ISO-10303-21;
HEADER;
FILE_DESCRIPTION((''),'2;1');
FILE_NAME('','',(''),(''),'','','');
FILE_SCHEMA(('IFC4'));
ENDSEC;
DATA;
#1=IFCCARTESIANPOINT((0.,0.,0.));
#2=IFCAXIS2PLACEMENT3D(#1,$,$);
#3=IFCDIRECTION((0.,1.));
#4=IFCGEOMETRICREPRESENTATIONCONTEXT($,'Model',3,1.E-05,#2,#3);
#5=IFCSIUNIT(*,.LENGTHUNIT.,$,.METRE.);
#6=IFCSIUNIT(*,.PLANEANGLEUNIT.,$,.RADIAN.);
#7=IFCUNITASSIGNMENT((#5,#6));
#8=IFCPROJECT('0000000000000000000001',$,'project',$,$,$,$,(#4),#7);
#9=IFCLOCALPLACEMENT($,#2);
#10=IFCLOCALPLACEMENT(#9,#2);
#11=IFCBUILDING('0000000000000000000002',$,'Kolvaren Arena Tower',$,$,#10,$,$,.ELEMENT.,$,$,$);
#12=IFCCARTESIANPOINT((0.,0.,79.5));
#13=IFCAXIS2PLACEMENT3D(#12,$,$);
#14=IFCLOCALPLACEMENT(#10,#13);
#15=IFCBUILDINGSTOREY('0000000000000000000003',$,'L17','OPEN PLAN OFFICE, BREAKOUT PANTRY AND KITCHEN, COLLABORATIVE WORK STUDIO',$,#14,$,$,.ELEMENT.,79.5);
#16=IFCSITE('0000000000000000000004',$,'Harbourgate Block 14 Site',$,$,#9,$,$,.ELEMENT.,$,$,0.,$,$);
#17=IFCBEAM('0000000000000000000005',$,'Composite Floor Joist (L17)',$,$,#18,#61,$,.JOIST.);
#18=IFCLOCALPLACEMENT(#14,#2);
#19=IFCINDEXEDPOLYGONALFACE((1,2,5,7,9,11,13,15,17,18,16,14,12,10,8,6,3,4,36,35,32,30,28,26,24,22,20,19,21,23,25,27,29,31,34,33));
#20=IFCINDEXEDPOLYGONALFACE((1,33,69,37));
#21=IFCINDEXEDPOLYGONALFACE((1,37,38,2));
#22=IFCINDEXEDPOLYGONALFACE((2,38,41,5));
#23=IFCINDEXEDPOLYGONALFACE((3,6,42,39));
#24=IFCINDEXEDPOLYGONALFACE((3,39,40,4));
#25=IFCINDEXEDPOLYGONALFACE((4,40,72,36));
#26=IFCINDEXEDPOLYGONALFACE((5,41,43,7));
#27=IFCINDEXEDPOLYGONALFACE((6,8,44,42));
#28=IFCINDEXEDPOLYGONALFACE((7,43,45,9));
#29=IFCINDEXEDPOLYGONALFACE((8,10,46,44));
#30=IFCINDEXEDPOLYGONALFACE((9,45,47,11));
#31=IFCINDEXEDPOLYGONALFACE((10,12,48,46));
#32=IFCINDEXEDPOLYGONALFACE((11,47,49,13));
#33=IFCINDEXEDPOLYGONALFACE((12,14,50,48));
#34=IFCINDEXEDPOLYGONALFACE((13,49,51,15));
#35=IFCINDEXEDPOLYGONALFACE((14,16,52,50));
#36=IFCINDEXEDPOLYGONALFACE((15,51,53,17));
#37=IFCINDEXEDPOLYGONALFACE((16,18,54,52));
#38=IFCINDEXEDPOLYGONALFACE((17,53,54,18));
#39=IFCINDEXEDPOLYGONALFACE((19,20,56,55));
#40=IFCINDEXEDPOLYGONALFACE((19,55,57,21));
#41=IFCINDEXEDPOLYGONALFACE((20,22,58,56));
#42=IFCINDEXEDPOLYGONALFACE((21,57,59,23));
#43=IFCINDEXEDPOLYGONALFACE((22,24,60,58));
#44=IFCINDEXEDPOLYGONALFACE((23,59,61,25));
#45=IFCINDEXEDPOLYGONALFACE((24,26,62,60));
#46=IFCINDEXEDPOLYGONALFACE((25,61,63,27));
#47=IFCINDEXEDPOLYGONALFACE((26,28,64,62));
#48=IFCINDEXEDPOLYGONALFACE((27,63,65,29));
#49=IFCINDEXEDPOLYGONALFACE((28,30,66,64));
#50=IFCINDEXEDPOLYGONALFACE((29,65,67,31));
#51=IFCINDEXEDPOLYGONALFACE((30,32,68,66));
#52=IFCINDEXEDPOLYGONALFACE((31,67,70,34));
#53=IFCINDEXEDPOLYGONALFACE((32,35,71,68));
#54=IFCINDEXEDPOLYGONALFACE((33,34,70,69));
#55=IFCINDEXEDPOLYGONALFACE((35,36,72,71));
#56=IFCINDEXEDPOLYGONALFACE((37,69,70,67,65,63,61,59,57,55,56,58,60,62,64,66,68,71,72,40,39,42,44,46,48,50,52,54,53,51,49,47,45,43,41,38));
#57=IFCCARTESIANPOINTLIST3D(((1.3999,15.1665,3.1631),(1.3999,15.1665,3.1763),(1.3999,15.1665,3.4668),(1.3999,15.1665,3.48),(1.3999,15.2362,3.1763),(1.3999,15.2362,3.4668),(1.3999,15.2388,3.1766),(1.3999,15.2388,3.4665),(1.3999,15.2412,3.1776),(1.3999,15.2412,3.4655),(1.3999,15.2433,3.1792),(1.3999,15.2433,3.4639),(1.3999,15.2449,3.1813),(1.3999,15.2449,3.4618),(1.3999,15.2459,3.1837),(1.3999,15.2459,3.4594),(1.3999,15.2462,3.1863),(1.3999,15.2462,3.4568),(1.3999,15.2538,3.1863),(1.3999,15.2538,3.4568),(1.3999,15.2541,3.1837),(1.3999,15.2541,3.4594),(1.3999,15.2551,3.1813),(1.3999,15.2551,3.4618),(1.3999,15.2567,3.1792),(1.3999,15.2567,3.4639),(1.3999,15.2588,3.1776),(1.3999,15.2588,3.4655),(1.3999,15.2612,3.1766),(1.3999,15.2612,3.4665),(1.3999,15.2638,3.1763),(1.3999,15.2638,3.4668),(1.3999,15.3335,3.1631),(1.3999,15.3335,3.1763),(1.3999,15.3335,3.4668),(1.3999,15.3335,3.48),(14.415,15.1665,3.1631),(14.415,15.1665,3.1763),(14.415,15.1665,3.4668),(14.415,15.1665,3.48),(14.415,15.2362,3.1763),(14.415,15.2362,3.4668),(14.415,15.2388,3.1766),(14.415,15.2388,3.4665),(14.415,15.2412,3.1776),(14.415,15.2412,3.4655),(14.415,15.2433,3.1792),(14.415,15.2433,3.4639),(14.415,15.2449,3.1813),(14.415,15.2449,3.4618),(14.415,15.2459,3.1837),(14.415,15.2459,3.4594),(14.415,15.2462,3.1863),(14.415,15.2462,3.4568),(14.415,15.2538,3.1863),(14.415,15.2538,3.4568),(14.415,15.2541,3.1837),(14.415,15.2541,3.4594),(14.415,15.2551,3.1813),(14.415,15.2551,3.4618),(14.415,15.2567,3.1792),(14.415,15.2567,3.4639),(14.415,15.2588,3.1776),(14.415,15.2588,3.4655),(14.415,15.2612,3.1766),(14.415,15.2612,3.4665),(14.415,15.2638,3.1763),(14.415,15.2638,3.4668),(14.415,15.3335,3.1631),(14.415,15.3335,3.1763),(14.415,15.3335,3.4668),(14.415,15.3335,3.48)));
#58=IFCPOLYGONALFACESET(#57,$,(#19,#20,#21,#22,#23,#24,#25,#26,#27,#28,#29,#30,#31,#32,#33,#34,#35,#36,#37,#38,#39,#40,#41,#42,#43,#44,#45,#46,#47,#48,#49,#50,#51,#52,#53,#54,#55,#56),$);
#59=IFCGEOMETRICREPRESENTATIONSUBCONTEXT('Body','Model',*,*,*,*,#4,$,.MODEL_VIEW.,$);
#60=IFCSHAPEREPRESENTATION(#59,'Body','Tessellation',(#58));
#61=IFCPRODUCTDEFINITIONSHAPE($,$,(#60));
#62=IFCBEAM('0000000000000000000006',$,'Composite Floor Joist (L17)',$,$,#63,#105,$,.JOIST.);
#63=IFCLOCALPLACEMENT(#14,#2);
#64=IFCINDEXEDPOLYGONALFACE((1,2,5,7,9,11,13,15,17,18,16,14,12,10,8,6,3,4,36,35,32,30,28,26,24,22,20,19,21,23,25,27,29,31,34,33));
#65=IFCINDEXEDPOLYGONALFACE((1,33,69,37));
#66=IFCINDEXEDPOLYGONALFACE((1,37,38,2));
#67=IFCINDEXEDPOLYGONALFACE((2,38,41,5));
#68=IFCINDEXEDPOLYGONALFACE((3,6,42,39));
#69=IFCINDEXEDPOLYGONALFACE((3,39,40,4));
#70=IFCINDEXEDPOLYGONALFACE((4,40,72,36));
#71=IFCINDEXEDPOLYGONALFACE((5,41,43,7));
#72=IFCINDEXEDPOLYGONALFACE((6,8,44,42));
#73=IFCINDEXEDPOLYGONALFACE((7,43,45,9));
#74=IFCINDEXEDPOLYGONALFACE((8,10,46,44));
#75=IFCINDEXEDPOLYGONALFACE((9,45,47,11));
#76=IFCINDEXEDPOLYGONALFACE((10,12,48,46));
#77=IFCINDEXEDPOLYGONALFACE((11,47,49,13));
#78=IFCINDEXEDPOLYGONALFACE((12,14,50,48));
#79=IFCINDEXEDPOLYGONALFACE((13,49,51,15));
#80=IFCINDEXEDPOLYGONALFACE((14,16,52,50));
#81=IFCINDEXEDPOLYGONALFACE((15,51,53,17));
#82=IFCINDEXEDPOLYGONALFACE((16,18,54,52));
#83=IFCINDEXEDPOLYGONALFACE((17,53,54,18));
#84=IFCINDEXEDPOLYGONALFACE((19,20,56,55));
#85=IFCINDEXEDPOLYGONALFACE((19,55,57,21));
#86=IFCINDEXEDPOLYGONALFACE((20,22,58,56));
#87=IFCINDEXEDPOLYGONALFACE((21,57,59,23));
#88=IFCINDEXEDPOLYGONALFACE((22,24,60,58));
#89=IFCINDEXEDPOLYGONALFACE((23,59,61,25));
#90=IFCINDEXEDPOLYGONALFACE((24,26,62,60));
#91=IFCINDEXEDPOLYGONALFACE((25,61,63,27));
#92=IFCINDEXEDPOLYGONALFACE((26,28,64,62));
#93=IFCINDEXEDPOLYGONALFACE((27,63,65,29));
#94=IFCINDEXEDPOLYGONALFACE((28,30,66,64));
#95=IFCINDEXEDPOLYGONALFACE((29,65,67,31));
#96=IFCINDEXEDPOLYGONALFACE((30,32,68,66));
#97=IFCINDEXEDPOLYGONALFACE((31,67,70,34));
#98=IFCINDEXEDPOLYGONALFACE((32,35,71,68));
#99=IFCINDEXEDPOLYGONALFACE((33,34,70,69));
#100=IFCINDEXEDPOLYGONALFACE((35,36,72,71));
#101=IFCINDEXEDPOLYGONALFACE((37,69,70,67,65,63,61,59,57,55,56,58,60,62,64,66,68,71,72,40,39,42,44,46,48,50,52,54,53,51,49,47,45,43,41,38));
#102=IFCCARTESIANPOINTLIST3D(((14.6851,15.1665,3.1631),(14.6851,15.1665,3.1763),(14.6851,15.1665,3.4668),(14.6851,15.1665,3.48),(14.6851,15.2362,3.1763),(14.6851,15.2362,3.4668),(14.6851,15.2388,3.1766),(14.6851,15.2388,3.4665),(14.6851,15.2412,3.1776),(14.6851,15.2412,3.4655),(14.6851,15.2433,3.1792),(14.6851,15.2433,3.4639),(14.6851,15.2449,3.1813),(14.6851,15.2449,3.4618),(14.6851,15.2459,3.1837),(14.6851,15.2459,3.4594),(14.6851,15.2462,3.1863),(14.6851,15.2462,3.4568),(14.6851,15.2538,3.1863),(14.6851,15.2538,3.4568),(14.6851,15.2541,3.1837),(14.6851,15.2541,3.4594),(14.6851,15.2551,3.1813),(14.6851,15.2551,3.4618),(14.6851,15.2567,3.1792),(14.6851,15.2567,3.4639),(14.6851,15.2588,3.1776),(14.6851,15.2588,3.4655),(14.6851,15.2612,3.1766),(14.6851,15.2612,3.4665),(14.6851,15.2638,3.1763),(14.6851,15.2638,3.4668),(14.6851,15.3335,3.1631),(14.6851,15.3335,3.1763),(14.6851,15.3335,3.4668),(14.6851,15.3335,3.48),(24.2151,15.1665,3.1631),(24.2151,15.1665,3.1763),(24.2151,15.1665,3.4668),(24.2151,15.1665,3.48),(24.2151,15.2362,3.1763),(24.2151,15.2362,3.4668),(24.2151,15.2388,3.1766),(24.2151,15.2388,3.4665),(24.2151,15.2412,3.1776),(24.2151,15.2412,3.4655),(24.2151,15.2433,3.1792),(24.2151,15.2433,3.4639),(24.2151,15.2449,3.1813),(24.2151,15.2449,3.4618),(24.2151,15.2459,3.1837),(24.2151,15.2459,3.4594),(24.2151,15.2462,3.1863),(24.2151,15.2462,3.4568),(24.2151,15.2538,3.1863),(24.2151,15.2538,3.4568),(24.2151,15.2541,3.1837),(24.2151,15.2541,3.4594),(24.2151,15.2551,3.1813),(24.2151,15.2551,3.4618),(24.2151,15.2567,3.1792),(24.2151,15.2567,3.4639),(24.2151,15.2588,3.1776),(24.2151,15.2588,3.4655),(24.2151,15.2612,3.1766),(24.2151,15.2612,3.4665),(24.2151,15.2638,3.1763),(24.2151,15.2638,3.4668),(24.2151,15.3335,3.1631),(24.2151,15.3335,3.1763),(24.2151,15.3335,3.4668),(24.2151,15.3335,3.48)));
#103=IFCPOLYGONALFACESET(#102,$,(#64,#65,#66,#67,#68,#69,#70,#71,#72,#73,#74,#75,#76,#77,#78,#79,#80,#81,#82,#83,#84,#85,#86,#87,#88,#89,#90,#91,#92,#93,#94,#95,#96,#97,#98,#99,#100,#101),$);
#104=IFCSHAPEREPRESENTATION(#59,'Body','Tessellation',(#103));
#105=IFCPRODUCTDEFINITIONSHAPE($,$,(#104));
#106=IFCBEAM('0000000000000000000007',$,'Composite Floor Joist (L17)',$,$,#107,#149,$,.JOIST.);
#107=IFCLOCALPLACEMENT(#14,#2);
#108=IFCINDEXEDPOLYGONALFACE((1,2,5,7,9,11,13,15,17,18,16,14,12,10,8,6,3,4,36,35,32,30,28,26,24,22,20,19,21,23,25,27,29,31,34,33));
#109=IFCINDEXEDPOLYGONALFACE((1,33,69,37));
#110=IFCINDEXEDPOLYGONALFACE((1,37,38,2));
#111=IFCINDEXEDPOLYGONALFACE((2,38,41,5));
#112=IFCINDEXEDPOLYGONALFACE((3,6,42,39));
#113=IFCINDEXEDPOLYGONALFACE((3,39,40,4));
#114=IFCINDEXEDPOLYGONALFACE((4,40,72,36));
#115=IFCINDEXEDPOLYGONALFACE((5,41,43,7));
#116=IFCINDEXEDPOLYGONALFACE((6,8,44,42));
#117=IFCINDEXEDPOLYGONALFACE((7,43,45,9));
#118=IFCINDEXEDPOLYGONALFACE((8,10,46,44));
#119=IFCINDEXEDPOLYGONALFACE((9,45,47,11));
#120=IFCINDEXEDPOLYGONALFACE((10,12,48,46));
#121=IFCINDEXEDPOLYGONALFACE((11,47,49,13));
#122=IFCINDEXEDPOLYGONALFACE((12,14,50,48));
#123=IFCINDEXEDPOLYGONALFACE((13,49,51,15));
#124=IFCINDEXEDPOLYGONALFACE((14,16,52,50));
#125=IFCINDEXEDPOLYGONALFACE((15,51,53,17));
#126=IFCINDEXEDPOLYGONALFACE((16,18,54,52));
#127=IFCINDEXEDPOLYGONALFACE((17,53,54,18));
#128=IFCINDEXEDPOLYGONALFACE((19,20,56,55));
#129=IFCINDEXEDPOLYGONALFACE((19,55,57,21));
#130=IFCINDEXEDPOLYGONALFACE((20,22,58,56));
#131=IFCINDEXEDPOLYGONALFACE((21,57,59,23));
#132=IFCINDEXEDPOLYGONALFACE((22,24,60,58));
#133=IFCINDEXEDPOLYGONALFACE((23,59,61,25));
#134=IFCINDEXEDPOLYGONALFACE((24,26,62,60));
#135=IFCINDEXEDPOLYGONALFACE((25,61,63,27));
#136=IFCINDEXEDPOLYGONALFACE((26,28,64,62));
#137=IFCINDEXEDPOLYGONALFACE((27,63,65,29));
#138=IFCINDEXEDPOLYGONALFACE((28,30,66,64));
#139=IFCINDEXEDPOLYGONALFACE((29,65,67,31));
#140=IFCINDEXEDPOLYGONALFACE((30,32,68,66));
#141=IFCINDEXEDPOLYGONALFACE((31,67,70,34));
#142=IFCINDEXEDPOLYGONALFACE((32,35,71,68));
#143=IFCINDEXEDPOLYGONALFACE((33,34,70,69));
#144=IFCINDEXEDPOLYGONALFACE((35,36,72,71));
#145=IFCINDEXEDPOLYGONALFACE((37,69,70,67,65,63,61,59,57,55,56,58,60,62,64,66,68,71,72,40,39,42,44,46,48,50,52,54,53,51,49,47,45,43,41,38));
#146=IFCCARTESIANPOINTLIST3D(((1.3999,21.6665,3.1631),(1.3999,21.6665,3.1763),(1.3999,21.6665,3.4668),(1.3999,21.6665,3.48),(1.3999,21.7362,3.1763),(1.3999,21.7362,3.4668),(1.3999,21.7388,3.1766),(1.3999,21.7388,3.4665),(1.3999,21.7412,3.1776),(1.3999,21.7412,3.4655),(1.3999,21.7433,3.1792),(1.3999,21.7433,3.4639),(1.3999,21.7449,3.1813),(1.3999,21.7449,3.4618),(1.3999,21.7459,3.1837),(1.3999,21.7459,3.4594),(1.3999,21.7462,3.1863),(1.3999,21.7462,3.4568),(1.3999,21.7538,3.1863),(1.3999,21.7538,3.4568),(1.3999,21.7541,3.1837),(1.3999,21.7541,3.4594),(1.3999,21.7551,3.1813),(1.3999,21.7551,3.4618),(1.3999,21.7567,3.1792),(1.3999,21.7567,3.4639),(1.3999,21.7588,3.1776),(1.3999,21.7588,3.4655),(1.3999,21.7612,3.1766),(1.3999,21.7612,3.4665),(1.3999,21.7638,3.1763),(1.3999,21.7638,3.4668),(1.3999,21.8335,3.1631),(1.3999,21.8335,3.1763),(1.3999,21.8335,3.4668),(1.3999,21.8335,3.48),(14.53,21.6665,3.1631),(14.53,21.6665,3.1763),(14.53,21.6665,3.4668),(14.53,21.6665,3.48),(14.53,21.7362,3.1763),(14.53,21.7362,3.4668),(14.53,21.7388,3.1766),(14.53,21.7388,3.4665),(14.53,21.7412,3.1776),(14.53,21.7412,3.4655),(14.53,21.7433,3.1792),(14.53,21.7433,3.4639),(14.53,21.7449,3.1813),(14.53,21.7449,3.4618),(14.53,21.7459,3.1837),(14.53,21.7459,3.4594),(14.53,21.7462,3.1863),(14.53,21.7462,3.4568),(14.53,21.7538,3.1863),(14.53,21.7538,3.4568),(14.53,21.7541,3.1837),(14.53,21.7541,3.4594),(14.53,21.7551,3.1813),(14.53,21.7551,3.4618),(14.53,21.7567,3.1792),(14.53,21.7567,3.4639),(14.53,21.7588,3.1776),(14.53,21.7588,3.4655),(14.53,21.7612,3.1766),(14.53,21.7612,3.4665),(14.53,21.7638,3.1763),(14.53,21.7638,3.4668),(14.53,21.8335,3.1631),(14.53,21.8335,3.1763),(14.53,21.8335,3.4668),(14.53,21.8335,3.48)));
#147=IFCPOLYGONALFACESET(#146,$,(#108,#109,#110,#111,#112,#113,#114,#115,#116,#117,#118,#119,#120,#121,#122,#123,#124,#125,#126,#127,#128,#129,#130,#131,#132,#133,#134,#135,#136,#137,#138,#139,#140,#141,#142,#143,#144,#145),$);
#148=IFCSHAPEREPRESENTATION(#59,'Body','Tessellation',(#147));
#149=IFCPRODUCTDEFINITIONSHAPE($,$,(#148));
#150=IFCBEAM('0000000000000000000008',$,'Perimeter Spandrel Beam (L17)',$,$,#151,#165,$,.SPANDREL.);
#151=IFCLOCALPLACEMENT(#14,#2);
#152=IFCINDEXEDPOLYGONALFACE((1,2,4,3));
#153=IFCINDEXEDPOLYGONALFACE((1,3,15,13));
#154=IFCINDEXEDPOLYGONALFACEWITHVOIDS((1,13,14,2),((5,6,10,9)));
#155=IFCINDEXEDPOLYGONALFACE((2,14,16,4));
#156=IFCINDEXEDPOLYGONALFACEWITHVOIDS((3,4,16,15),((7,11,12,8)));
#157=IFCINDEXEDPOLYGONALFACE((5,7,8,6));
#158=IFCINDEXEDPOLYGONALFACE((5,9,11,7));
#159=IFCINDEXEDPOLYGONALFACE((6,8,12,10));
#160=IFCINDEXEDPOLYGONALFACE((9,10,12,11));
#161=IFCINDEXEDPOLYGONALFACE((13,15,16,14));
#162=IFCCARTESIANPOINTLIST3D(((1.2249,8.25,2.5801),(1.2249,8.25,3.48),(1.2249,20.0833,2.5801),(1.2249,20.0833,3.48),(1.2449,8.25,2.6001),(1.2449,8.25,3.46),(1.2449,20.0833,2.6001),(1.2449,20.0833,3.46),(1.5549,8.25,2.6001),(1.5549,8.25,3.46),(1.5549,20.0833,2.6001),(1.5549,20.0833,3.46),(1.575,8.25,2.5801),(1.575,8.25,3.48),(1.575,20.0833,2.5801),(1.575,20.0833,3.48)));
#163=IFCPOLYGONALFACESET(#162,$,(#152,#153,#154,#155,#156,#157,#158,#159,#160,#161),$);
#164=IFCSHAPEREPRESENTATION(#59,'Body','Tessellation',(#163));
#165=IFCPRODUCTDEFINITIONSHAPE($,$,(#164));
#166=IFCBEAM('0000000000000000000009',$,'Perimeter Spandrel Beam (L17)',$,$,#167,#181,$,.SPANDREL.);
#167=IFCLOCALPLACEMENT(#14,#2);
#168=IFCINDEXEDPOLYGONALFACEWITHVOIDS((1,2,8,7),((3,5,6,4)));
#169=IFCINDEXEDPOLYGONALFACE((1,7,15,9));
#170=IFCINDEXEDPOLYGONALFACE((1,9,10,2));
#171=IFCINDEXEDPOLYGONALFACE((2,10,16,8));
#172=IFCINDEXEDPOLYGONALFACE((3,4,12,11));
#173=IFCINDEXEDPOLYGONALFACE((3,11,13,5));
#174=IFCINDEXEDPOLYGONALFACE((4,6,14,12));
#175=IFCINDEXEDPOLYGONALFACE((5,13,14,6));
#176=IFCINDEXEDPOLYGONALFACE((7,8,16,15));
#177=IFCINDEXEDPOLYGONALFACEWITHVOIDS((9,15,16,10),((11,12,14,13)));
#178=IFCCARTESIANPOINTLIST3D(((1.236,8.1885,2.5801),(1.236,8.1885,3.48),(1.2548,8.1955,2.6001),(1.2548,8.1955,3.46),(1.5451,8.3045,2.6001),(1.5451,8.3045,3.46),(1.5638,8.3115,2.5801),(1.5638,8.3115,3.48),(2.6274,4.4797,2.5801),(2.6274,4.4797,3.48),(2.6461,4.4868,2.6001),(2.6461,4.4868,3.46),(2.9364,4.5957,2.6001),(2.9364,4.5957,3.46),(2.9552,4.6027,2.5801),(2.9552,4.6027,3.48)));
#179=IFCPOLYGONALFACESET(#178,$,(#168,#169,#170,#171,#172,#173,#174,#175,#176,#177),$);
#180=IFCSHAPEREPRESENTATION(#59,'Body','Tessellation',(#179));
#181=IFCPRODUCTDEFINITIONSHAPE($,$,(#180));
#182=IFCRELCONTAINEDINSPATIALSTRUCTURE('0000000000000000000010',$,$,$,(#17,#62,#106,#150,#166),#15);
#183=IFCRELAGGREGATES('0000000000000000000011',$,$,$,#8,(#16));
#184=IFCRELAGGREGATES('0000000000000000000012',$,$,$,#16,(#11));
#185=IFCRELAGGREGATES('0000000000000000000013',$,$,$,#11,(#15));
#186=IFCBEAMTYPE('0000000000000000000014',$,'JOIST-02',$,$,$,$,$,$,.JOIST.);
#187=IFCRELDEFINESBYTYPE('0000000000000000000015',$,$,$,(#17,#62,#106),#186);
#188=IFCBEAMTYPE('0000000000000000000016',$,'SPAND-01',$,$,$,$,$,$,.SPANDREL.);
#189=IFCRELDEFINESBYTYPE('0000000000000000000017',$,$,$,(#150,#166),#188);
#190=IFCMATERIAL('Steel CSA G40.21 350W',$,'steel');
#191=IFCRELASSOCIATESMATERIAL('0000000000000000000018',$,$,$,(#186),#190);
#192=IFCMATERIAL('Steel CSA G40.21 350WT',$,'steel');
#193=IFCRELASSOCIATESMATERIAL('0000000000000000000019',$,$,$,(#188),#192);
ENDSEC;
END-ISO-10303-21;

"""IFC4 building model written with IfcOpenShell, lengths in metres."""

from ifc_helpers import new_model, si_unit, direction, frame, origin, origin_2d, place, context, subcontext, project, spatial, hollow_rectangle, i_section, extrude, material, material_profile, profile_set, type_object, element, save


model = new_model("IFC4")

# Units and contexts
model_context = context("Model", 3, precision=1e-05, world=origin(), true_north=direction((0.0, 1.0)))
body_context = subcontext(model_context, "Body", "Model", "MODEL_VIEW")
ifc_project = project(units=[si_unit("LENGTHUNIT", "METRE"), si_unit("PLANEANGLEUNIT", "RADIAN")], contexts=[model_context])

# Site, building, storey
site_placement = place(None, origin())
site = spatial("IfcSite", under=ifc_project, at=site_placement, Name="Harbourgate Block 14 Site", CompositionType="ELEMENT", RefElevation=0.0)
building_placement = place(site_placement, origin())
building = spatial("IfcBuilding", under=site, at=building_placement, Name="Kolvaren Arena Tower", CompositionType="ELEMENT")
storey_placement = place(building_placement, frame((0.0, 0.0, 79.5)))
storey = spatial("IfcBuildingStorey", under=building, at=storey_placement, Name="L17", Description="OPEN PLAN OFFICE, BREAKOUT PANTRY AND KITCHEN, COLLABORATIVE WORK STUDIO", CompositionType="ELEMENT", Elevation=79.5)

# Beams
ifc_material_1 = material(Name="Steel CSA G40.21 350W", Category="steel")
ifc_material_profile_1 = material_profile(ifc_material_1, i_section(OverallWidth=0.167, OverallDepth=0.3169, WebThickness=0.0076, FlangeThickness=0.0132, FilletRadius=0.01, at=origin_2d()), Name="W310x52")
ifc_profile_set_1 = profile_set([ifc_material_profile_1], Name="Steel CSA G40.21 350W")
beam_type_1 = type_object("IfcBeamType", Name="JOIST-02", PredefinedType="JOIST", material=ifc_profile_set_1)
beam_1_placement = place(storey_placement, frame((1.3999, 15.25, 3.3215), z_axis=(1.0, 0.0, 0.0), x_axis=(0.0, 1.0, 0.0)))
element("IfcBeam", 1, at=beam_1_placement, inside=storey, type_object=beam_type_1, Name="Composite Floor Joist (L17)", PredefinedType="JOIST", context=body_context, shape_type="SweptSolid", body=[
    extrude(i_section(OverallWidth=0.167, OverallDepth=0.3169, WebThickness=0.0076, FlangeThickness=0.0132, FilletRadius=0.01, at=origin_2d()), origin(), (0.0, 0.0, 1.0), 13.0151),
])
beam_2_placement = place(storey_placement, frame((14.6851, 15.25, 3.3215), z_axis=(1.0, 0.0, 0.0), x_axis=(0.0, 1.0, 0.0)))
element("IfcBeam", 2, at=beam_2_placement, inside=storey, type_object=beam_type_1, Name="Composite Floor Joist (L17)", PredefinedType="JOIST", context=body_context, shape_type="SweptSolid", body=[
    extrude(i_section(OverallWidth=0.167, OverallDepth=0.3169, WebThickness=0.0076, FlangeThickness=0.0132, FilletRadius=0.01, at=origin_2d()), origin(), (0.0, 0.0, 1.0), 9.53),
])
beam_3_placement = place(storey_placement, frame((1.3999, 21.75, 3.3215), z_axis=(1.0, 0.0, 0.0), x_axis=(0.0, 1.0, 0.0)))
element("IfcBeam", 3, at=beam_3_placement, inside=storey, type_object=beam_type_1, Name="Composite Floor Joist (L17)", PredefinedType="JOIST", context=body_context, shape_type="SweptSolid", body=[
    extrude(i_section(OverallWidth=0.167, OverallDepth=0.3169, WebThickness=0.0076, FlangeThickness=0.0132, FilletRadius=0.01, at=origin_2d()), origin(), (0.0, 0.0, 1.0), 13.1301),
])
ifc_material_2 = material(Name="Steel CSA G40.21 350WT", Category="steel")
ifc_material_profile_2 = material_profile(ifc_material_2, hollow_rectangle(XDim=0.3501, YDim=0.8999, WallThickness=0.02, at=origin_2d()), Name="HSS 900x350x20")
ifc_profile_set_2 = profile_set([ifc_material_profile_2], Name="Steel CSA G40.21 350WT")
beam_type_2 = type_object("IfcBeamType", Name="SPAND-01", PredefinedType="SPANDREL", material=ifc_profile_set_2)
beam_4_placement = place(storey_placement, frame((1.3999, 20.0833, 3.03), z_axis=(0.0, -1.0, 0.0), x_axis=(1.0, 0.0, 0.0)))
element("IfcBeam", 4, at=beam_4_placement, inside=storey, type_object=beam_type_2, Name="Perimeter Spandrel Beam (L17)", PredefinedType="SPANDREL", context=body_context, shape_type="SweptSolid", body=[
    extrude(hollow_rectangle(XDim=0.3501, YDim=0.8999, WallThickness=0.02, at=origin_2d()), origin(), (0.0, 0.0, 1.0), 11.8333),
])
beam_5_placement = place(storey_placement, frame((1.3999, 8.25, 3.03), z_axis=(0.351252, -0.936281, 0.0), x_axis=(0.936281, 0.351252, 0.0)))
element("IfcBeam", 5, at=beam_5_placement, inside=storey, type_object=beam_type_2, Name="Perimeter Spandrel Beam (L17)", PredefinedType="SPANDREL", context=body_context, shape_type="SweptSolid", body=[
    extrude(hollow_rectangle(XDim=0.3501, YDim=0.8999, WallThickness=0.02, at=origin_2d()), origin(), (0.0, 0.0, 1.0), 3.9612),
])

save(model, "model.ifc")
